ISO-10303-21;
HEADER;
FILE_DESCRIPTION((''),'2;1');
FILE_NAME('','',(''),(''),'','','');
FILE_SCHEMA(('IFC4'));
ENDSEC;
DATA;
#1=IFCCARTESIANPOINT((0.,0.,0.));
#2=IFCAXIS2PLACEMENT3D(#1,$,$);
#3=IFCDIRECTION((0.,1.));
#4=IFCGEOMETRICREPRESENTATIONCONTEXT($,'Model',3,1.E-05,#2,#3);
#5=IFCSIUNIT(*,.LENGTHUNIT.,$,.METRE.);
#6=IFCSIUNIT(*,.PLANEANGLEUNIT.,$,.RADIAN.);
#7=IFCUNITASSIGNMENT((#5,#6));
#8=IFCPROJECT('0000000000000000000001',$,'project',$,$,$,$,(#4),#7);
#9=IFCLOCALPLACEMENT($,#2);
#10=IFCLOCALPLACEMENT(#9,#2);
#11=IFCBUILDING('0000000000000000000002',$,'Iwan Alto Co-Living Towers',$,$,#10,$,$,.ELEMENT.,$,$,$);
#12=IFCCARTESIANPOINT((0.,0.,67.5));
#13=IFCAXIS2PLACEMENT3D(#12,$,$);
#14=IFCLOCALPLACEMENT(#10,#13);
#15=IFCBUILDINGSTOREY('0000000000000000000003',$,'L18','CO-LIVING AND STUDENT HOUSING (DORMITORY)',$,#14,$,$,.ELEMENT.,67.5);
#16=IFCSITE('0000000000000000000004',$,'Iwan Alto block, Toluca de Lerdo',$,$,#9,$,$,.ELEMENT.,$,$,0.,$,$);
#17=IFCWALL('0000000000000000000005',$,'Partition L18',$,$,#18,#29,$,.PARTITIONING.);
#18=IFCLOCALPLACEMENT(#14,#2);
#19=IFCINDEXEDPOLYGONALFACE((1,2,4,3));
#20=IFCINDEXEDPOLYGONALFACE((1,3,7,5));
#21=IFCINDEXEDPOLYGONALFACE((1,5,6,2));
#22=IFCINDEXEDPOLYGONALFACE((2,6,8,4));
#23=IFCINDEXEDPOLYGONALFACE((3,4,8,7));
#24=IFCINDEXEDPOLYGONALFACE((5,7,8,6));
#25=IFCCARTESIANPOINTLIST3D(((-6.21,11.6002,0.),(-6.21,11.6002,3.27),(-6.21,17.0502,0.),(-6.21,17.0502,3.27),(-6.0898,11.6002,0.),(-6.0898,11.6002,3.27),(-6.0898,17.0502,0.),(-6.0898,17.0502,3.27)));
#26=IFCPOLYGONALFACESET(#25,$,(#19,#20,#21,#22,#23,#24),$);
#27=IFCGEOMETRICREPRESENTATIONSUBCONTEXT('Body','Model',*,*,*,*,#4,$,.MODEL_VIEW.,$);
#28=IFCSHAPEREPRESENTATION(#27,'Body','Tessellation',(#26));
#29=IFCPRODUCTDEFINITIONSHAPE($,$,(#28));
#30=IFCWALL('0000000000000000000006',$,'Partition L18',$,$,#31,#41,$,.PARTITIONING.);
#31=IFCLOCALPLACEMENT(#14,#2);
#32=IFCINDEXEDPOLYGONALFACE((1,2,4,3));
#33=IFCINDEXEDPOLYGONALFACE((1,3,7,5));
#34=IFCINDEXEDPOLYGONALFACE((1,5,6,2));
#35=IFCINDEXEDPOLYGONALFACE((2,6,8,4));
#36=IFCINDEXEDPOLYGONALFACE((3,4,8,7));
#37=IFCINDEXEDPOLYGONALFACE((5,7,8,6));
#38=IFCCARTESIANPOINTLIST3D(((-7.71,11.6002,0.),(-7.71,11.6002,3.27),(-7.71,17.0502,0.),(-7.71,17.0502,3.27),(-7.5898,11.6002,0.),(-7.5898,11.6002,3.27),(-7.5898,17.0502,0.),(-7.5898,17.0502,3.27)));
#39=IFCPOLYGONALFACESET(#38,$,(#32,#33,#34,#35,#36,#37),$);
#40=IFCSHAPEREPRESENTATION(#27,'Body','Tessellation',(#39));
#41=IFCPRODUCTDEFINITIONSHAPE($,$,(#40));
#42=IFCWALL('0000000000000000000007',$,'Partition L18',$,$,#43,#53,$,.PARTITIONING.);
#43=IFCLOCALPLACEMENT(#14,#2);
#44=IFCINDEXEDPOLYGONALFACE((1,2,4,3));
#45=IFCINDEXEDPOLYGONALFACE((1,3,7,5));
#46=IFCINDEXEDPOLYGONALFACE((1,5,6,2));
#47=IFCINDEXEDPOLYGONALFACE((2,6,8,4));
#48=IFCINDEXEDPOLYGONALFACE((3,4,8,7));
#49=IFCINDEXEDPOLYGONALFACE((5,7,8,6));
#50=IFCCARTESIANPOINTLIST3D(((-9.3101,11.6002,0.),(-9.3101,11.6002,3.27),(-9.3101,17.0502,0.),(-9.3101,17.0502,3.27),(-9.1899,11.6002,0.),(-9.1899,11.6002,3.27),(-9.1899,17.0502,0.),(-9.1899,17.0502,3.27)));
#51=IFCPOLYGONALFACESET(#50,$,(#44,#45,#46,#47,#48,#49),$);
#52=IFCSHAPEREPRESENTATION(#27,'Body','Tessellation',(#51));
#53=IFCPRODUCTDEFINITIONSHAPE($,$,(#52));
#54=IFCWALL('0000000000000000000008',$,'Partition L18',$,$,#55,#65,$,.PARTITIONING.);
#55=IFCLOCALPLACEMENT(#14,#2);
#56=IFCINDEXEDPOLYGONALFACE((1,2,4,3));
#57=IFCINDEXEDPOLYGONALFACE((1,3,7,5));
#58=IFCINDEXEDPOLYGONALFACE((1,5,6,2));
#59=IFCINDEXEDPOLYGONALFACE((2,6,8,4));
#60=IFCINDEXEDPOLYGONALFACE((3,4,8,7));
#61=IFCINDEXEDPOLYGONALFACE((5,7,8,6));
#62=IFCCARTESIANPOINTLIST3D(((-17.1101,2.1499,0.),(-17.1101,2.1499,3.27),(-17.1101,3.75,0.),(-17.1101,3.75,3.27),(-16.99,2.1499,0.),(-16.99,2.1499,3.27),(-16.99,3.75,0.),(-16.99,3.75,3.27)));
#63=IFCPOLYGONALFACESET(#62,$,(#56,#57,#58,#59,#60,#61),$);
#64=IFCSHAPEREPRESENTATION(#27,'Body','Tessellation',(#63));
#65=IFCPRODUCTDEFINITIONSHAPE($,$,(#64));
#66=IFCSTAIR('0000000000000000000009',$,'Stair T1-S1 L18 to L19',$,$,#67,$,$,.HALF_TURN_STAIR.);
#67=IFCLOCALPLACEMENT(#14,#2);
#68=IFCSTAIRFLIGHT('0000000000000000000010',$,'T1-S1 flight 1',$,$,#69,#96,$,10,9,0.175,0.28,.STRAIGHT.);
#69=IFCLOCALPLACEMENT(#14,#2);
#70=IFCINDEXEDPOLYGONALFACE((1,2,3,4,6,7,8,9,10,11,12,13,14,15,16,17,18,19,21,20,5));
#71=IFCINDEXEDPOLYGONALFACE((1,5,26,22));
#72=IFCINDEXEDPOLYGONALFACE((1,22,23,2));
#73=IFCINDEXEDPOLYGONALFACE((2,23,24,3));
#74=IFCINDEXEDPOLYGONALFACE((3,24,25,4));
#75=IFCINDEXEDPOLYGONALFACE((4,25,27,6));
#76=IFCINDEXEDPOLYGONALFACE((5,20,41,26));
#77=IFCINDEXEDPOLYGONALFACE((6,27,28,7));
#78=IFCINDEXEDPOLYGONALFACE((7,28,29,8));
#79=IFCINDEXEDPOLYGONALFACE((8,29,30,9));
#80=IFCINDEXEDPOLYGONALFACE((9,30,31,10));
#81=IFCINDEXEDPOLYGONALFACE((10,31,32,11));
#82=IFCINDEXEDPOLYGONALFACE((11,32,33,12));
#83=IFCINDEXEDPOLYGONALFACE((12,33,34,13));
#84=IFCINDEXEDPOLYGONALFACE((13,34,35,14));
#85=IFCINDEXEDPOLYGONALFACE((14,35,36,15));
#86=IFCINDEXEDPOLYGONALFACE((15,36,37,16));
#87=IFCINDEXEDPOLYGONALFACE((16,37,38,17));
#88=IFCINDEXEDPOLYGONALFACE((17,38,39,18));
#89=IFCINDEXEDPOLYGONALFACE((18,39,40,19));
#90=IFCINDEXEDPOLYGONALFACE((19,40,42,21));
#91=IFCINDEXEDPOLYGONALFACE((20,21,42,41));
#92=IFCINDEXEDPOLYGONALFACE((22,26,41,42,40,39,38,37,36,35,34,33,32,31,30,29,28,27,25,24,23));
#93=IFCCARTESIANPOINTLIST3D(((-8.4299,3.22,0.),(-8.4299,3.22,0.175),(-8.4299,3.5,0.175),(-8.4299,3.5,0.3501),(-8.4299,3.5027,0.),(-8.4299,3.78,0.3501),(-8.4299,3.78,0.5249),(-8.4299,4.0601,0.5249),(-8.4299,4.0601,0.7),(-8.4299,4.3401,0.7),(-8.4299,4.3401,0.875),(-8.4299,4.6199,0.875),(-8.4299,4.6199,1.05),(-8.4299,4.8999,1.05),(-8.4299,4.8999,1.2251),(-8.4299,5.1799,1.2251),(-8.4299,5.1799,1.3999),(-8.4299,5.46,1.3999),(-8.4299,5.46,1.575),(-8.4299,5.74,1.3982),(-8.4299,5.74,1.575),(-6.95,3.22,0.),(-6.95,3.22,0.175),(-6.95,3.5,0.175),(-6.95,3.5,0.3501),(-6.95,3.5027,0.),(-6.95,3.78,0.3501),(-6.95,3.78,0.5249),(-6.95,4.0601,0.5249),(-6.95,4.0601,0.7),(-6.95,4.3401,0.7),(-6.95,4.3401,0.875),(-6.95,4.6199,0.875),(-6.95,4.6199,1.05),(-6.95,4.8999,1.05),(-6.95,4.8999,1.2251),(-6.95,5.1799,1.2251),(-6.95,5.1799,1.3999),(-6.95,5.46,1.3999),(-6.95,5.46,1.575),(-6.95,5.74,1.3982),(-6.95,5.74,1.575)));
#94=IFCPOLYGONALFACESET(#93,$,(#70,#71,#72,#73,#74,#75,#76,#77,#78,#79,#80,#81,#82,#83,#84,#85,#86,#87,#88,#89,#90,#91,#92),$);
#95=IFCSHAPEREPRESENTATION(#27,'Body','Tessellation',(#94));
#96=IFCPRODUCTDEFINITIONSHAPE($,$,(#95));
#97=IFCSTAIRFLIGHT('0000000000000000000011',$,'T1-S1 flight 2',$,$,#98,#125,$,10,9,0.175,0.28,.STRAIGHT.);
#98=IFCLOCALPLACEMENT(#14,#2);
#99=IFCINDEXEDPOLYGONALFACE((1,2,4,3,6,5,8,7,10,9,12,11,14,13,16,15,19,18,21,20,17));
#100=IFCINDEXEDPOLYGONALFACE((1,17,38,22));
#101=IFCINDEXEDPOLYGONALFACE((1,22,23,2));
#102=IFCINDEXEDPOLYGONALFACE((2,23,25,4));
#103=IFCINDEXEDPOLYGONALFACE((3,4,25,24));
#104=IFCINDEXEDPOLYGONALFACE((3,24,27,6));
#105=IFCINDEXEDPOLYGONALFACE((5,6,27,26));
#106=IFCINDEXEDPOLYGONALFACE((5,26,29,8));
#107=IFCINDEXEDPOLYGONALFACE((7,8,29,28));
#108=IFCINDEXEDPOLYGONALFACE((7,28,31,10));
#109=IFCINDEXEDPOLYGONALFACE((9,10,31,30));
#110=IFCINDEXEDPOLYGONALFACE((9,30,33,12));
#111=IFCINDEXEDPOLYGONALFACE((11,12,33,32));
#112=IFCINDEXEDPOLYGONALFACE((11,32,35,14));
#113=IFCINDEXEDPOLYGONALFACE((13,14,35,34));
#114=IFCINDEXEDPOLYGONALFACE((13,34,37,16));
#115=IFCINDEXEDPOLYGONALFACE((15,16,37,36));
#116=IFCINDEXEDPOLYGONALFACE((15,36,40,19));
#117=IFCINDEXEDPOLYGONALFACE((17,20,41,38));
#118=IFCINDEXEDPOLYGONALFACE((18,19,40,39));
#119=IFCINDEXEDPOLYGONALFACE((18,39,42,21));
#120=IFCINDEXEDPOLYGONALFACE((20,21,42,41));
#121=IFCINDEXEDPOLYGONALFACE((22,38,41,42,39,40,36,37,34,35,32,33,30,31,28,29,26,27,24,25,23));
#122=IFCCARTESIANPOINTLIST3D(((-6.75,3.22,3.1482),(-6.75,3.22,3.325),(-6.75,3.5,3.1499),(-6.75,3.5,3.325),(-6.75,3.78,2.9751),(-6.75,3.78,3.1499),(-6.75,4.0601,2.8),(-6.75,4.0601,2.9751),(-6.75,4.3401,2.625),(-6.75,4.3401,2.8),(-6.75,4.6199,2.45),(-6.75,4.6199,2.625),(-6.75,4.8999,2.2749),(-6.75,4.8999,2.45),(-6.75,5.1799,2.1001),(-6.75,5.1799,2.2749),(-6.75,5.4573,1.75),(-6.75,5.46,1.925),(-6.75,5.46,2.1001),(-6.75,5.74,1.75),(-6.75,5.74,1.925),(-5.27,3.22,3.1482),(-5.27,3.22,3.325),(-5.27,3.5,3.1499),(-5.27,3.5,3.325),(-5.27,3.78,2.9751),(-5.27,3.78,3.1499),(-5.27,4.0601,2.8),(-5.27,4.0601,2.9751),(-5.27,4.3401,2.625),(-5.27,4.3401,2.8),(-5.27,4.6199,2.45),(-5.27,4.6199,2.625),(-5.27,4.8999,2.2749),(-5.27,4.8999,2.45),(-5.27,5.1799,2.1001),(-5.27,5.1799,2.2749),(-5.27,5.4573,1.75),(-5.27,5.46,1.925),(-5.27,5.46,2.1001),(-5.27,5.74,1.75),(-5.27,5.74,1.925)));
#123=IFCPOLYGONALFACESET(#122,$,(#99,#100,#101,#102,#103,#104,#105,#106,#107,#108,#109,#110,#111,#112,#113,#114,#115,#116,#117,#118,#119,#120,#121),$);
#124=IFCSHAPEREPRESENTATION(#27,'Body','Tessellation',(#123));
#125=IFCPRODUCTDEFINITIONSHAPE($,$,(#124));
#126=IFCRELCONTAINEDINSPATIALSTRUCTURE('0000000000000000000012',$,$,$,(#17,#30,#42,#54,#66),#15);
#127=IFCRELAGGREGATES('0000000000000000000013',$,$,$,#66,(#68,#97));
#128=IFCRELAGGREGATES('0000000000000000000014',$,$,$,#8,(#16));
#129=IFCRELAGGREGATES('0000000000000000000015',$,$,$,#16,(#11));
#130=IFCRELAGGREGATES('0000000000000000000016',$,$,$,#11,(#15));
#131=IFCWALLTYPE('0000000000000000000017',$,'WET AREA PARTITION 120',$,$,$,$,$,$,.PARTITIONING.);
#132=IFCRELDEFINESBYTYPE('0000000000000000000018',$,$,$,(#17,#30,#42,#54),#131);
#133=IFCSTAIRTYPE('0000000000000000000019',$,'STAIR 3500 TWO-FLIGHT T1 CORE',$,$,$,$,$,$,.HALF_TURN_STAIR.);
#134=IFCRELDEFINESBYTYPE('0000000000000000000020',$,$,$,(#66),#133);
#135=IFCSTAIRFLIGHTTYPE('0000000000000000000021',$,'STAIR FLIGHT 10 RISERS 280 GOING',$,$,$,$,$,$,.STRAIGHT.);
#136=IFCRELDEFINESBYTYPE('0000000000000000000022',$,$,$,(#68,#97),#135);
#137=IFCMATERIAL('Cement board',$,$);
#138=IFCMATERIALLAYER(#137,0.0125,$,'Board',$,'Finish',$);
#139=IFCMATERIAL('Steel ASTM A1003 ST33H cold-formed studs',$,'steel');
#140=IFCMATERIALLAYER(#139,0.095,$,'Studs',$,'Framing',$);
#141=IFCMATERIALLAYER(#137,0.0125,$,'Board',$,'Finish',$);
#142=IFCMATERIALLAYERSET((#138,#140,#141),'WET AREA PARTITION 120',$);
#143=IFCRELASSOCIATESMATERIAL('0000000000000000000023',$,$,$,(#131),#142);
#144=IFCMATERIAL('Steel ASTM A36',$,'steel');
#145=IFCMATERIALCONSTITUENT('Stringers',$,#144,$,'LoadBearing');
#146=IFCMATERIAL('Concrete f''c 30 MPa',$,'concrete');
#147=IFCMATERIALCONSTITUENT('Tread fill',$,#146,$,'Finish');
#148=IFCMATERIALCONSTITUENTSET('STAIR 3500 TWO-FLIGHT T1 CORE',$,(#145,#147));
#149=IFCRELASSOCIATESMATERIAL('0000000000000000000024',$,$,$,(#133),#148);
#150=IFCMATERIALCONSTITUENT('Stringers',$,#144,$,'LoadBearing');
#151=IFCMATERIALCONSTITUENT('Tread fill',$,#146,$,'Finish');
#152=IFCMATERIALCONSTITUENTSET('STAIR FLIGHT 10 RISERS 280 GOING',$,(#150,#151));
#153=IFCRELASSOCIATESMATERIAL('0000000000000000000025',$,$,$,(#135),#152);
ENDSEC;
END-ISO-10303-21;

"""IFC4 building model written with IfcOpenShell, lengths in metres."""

from ifc_helpers import new_model, si_unit, direction, frame, frame_2d, origin, place, context, subcontext, project, spatial, polyline, rectangle, outline, extrude, material, layer, layer_set, constituent, constituent_set, type_object, element, aggregate, save


model = new_model("IFC4")

# Units and contexts
model_context = context("Model", 3, precision=1e-05, world=origin(), true_north=direction((0.0, 1.0)))
body_context = subcontext(model_context, "Body", "Model", "MODEL_VIEW")
ifc_project = project(units=[si_unit("LENGTHUNIT", "METRE"), si_unit("PLANEANGLEUNIT", "RADIAN")], contexts=[model_context])

# Site, building, storey
site_placement = place(None, origin())
site = spatial("IfcSite", under=ifc_project, at=site_placement, Name="Iwan Alto block, Toluca de Lerdo", CompositionType="ELEMENT", RefElevation=0.0)
building_placement = place(site_placement, origin())
building = spatial("IfcBuilding", under=site, at=building_placement, Name="Iwan Alto Co-Living Towers", CompositionType="ELEMENT")
storey_placement = place(building_placement, frame((0.0, 0.0, 67.5)))
storey = spatial("IfcBuildingStorey", under=building, at=storey_placement, Name="L18", Description="CO-LIVING AND STUDENT HOUSING (DORMITORY)", CompositionType="ELEMENT", Elevation=67.5)

# Shared definitions
ifc_material_1 = material(Name="Steel ASTM A1003 ST33H cold-formed studs", Category="steel")

# Shared definitions
ifc_material_2 = material(Name="Cement board")
ifc_layer_1 = layer(ifc_material_2, 0.0125, Name="Board", Category="Finish")
ifc_layer_2 = layer(ifc_material_1, 0.095, Name="Studs", Category="Framing")
ifc_layer_3 = layer(ifc_material_2, 0.0125, Name="Board", Category="Finish")
ifc_layer_set_1 = layer_set([ifc_layer_1, ifc_layer_2, ifc_layer_3], Name="WET AREA PARTITION 120")
wall_type_1 = type_object("IfcWallType", Name="WET AREA PARTITION 120", PredefinedType="PARTITIONING", material=ifc_layer_set_1)

# Walls
for number, where, z_axis, x_axis, name in (
    (1, (-6.1499, 11.6001, 0.0), (0.0, 0.0, 1.0), (0.0, 1.0, 0.0), "Partition L18"),
    (2, (-7.6499, 11.6001, 0.0), (0.0, 0.0, 1.0), (0.0, 1.0, 0.0), "Partition L18"),
    (3, (-9.25, 11.6001, 0.0), (0.0, 0.0, 1.0), (0.0, 1.0, 0.0), "Partition L18"),
):
    element("IfcWall", number, at=place(storey_placement, frame(where, z_axis=z_axis, x_axis=x_axis)), inside=storey, type_object=wall_type_1, Name=name, PredefinedType="PARTITIONING", context=body_context, shape_type="SweptSolid", body=[
        extrude(rectangle(XDim=5.45, YDim=0.1201, at=frame_2d((2.7251, 0.0))), origin(), (0.0, 0.0, 1.0), 3.27),
    ])
wall_1_placement = place(storey_placement, frame((-17.05, 2.1499, 0.0), z_axis=(0.0, 0.0, 1.0), x_axis=(0.0, 1.0, 0.0)))
element("IfcWall", 4, at=wall_1_placement, inside=storey, type_object=wall_type_1, Name="Partition L18", PredefinedType="PARTITIONING", context=body_context, shape_type="SweptSolid", body=[
    extrude(rectangle(XDim=1.6001, YDim=0.1201, at=frame_2d((0.8, 0.0))), origin(), (0.0, 0.0, 1.0), 3.27),
])

# Stair, stair flights
ifc_material_3 = material(Name="Steel ASTM A36", Category="steel")
ifc_constituent_1 = constituent(ifc_material_3, Name="Stringers", Category="LoadBearing")
ifc_material_4 = material(Name="Concrete f'c 30 MPa", Category="concrete")
ifc_constituent_2 = constituent(ifc_material_4, Name="Tread fill", Category="Finish")
ifc_constituent_set_1 = constituent_set(constituents=[ifc_constituent_1, ifc_constituent_2], Name="STAIR 3500 TWO-FLIGHT T1 CORE")
stair_type = type_object("IfcStairType", Name="STAIR 3500 TWO-FLIGHT T1 CORE", PredefinedType="HALF_TURN_STAIR", material=ifc_constituent_set_1)
stair_placement = place(storey_placement, origin())
stair = element("IfcStair", 5, at=stair_placement, inside=storey, type_object=stair_type, Name="Stair T1-S1 L18 to L19", PredefinedType="HALF_TURN_STAIR")
ifc_constituent_3 = constituent(ifc_material_3, Name="Stringers", Category="LoadBearing")
ifc_constituent_4 = constituent(ifc_material_4, Name="Tread fill", Category="Finish")
ifc_constituent_set_2 = constituent_set(constituents=[ifc_constituent_3, ifc_constituent_4], Name="STAIR FLIGHT 10 RISERS 280 GOING")
stair_flight_type = type_object("IfcStairFlightType", Name="STAIR FLIGHT 10 RISERS 280 GOING", PredefinedType="STRAIGHT", material=ifc_constituent_set_2)
stair_flight_1_placement = place(storey_placement, frame((-7.6899, 3.22, 0.0), z_axis=(0.0, 0.0, 1.0), x_axis=(0.0, 1.0, 0.0)))
stair_flight_1 = element("IfcStairFlight", 6, at=stair_flight_1_placement, type_object=stair_flight_type, Name="T1-S1 flight 1", NumberOfRisers=10, NumberOfTreads=9, PredefinedType="STRAIGHT", RiserHeight=0.175, TreadLength=0.28, context=body_context, shape_type="SweptSolid", body=[
    extrude(outline(polyline([(0.0, 0.0), (0.0, 0.175), (0.28, 0.175), (0.28, 0.3501), (0.5601, 0.3501), (0.5601, 0.5249), (0.8401, 0.5249), (0.8401, 0.7), (1.1201, 0.7), (1.1201, 0.875), (1.3999, 0.875), (1.3999, 1.05), (1.6799, 1.05), (1.6799, 1.2251), (1.96, 1.2251), (1.96, 1.3999), (2.24, 1.3999), (2.24, 1.575), (2.52, 1.575), (2.52, 1.75), (2.52, 1.3982), (0.2827, 0.0), (0.0, 0.0)])), frame((0.0, 0.74, 0.0), z_axis=(0.0, -1.0, 0.0), x_axis=(1.0, 0.0, 0.0)), (0.0, 0.0, 1.0), 1.48),
])
stair_flight_2_placement = place(storey_placement, frame((-6.01, 5.74, 1.75), z_axis=(0.0, 0.0, 1.0), x_axis=(0.0, -1.0, 0.0)))
stair_flight_2 = element("IfcStairFlight", 7, at=stair_flight_2_placement, type_object=stair_flight_type, Name="T1-S1 flight 2", NumberOfRisers=10, NumberOfTreads=9, PredefinedType="STRAIGHT", RiserHeight=0.175, TreadLength=0.28, context=body_context, shape_type="SweptSolid", body=[
    extrude(outline(polyline([(0.0, 0.0), (0.0, 0.175), (0.28, 0.175), (0.28, 0.3501), (0.5601, 0.3501), (0.5601, 0.5249), (0.8401, 0.5249), (0.8401, 0.7), (1.1201, 0.7), (1.1201, 0.875), (1.3999, 0.875), (1.3999, 1.05), (1.6799, 1.05), (1.6799, 1.2251), (1.96, 1.2251), (1.96, 1.3999), (2.24, 1.3999), (2.24, 1.575), (2.52, 1.575), (2.52, 1.75), (2.52, 1.3982), (0.2827, 0.0), (0.0, 0.0)])), frame((0.0, 0.74, 0.0), z_axis=(0.0, -1.0, 0.0), x_axis=(1.0, 0.0, 0.0)), (0.0, 0.0, 1.0), 1.48),
])
aggregate(stair, [stair_flight_1, stair_flight_2])

save(model, "model.ifc")
